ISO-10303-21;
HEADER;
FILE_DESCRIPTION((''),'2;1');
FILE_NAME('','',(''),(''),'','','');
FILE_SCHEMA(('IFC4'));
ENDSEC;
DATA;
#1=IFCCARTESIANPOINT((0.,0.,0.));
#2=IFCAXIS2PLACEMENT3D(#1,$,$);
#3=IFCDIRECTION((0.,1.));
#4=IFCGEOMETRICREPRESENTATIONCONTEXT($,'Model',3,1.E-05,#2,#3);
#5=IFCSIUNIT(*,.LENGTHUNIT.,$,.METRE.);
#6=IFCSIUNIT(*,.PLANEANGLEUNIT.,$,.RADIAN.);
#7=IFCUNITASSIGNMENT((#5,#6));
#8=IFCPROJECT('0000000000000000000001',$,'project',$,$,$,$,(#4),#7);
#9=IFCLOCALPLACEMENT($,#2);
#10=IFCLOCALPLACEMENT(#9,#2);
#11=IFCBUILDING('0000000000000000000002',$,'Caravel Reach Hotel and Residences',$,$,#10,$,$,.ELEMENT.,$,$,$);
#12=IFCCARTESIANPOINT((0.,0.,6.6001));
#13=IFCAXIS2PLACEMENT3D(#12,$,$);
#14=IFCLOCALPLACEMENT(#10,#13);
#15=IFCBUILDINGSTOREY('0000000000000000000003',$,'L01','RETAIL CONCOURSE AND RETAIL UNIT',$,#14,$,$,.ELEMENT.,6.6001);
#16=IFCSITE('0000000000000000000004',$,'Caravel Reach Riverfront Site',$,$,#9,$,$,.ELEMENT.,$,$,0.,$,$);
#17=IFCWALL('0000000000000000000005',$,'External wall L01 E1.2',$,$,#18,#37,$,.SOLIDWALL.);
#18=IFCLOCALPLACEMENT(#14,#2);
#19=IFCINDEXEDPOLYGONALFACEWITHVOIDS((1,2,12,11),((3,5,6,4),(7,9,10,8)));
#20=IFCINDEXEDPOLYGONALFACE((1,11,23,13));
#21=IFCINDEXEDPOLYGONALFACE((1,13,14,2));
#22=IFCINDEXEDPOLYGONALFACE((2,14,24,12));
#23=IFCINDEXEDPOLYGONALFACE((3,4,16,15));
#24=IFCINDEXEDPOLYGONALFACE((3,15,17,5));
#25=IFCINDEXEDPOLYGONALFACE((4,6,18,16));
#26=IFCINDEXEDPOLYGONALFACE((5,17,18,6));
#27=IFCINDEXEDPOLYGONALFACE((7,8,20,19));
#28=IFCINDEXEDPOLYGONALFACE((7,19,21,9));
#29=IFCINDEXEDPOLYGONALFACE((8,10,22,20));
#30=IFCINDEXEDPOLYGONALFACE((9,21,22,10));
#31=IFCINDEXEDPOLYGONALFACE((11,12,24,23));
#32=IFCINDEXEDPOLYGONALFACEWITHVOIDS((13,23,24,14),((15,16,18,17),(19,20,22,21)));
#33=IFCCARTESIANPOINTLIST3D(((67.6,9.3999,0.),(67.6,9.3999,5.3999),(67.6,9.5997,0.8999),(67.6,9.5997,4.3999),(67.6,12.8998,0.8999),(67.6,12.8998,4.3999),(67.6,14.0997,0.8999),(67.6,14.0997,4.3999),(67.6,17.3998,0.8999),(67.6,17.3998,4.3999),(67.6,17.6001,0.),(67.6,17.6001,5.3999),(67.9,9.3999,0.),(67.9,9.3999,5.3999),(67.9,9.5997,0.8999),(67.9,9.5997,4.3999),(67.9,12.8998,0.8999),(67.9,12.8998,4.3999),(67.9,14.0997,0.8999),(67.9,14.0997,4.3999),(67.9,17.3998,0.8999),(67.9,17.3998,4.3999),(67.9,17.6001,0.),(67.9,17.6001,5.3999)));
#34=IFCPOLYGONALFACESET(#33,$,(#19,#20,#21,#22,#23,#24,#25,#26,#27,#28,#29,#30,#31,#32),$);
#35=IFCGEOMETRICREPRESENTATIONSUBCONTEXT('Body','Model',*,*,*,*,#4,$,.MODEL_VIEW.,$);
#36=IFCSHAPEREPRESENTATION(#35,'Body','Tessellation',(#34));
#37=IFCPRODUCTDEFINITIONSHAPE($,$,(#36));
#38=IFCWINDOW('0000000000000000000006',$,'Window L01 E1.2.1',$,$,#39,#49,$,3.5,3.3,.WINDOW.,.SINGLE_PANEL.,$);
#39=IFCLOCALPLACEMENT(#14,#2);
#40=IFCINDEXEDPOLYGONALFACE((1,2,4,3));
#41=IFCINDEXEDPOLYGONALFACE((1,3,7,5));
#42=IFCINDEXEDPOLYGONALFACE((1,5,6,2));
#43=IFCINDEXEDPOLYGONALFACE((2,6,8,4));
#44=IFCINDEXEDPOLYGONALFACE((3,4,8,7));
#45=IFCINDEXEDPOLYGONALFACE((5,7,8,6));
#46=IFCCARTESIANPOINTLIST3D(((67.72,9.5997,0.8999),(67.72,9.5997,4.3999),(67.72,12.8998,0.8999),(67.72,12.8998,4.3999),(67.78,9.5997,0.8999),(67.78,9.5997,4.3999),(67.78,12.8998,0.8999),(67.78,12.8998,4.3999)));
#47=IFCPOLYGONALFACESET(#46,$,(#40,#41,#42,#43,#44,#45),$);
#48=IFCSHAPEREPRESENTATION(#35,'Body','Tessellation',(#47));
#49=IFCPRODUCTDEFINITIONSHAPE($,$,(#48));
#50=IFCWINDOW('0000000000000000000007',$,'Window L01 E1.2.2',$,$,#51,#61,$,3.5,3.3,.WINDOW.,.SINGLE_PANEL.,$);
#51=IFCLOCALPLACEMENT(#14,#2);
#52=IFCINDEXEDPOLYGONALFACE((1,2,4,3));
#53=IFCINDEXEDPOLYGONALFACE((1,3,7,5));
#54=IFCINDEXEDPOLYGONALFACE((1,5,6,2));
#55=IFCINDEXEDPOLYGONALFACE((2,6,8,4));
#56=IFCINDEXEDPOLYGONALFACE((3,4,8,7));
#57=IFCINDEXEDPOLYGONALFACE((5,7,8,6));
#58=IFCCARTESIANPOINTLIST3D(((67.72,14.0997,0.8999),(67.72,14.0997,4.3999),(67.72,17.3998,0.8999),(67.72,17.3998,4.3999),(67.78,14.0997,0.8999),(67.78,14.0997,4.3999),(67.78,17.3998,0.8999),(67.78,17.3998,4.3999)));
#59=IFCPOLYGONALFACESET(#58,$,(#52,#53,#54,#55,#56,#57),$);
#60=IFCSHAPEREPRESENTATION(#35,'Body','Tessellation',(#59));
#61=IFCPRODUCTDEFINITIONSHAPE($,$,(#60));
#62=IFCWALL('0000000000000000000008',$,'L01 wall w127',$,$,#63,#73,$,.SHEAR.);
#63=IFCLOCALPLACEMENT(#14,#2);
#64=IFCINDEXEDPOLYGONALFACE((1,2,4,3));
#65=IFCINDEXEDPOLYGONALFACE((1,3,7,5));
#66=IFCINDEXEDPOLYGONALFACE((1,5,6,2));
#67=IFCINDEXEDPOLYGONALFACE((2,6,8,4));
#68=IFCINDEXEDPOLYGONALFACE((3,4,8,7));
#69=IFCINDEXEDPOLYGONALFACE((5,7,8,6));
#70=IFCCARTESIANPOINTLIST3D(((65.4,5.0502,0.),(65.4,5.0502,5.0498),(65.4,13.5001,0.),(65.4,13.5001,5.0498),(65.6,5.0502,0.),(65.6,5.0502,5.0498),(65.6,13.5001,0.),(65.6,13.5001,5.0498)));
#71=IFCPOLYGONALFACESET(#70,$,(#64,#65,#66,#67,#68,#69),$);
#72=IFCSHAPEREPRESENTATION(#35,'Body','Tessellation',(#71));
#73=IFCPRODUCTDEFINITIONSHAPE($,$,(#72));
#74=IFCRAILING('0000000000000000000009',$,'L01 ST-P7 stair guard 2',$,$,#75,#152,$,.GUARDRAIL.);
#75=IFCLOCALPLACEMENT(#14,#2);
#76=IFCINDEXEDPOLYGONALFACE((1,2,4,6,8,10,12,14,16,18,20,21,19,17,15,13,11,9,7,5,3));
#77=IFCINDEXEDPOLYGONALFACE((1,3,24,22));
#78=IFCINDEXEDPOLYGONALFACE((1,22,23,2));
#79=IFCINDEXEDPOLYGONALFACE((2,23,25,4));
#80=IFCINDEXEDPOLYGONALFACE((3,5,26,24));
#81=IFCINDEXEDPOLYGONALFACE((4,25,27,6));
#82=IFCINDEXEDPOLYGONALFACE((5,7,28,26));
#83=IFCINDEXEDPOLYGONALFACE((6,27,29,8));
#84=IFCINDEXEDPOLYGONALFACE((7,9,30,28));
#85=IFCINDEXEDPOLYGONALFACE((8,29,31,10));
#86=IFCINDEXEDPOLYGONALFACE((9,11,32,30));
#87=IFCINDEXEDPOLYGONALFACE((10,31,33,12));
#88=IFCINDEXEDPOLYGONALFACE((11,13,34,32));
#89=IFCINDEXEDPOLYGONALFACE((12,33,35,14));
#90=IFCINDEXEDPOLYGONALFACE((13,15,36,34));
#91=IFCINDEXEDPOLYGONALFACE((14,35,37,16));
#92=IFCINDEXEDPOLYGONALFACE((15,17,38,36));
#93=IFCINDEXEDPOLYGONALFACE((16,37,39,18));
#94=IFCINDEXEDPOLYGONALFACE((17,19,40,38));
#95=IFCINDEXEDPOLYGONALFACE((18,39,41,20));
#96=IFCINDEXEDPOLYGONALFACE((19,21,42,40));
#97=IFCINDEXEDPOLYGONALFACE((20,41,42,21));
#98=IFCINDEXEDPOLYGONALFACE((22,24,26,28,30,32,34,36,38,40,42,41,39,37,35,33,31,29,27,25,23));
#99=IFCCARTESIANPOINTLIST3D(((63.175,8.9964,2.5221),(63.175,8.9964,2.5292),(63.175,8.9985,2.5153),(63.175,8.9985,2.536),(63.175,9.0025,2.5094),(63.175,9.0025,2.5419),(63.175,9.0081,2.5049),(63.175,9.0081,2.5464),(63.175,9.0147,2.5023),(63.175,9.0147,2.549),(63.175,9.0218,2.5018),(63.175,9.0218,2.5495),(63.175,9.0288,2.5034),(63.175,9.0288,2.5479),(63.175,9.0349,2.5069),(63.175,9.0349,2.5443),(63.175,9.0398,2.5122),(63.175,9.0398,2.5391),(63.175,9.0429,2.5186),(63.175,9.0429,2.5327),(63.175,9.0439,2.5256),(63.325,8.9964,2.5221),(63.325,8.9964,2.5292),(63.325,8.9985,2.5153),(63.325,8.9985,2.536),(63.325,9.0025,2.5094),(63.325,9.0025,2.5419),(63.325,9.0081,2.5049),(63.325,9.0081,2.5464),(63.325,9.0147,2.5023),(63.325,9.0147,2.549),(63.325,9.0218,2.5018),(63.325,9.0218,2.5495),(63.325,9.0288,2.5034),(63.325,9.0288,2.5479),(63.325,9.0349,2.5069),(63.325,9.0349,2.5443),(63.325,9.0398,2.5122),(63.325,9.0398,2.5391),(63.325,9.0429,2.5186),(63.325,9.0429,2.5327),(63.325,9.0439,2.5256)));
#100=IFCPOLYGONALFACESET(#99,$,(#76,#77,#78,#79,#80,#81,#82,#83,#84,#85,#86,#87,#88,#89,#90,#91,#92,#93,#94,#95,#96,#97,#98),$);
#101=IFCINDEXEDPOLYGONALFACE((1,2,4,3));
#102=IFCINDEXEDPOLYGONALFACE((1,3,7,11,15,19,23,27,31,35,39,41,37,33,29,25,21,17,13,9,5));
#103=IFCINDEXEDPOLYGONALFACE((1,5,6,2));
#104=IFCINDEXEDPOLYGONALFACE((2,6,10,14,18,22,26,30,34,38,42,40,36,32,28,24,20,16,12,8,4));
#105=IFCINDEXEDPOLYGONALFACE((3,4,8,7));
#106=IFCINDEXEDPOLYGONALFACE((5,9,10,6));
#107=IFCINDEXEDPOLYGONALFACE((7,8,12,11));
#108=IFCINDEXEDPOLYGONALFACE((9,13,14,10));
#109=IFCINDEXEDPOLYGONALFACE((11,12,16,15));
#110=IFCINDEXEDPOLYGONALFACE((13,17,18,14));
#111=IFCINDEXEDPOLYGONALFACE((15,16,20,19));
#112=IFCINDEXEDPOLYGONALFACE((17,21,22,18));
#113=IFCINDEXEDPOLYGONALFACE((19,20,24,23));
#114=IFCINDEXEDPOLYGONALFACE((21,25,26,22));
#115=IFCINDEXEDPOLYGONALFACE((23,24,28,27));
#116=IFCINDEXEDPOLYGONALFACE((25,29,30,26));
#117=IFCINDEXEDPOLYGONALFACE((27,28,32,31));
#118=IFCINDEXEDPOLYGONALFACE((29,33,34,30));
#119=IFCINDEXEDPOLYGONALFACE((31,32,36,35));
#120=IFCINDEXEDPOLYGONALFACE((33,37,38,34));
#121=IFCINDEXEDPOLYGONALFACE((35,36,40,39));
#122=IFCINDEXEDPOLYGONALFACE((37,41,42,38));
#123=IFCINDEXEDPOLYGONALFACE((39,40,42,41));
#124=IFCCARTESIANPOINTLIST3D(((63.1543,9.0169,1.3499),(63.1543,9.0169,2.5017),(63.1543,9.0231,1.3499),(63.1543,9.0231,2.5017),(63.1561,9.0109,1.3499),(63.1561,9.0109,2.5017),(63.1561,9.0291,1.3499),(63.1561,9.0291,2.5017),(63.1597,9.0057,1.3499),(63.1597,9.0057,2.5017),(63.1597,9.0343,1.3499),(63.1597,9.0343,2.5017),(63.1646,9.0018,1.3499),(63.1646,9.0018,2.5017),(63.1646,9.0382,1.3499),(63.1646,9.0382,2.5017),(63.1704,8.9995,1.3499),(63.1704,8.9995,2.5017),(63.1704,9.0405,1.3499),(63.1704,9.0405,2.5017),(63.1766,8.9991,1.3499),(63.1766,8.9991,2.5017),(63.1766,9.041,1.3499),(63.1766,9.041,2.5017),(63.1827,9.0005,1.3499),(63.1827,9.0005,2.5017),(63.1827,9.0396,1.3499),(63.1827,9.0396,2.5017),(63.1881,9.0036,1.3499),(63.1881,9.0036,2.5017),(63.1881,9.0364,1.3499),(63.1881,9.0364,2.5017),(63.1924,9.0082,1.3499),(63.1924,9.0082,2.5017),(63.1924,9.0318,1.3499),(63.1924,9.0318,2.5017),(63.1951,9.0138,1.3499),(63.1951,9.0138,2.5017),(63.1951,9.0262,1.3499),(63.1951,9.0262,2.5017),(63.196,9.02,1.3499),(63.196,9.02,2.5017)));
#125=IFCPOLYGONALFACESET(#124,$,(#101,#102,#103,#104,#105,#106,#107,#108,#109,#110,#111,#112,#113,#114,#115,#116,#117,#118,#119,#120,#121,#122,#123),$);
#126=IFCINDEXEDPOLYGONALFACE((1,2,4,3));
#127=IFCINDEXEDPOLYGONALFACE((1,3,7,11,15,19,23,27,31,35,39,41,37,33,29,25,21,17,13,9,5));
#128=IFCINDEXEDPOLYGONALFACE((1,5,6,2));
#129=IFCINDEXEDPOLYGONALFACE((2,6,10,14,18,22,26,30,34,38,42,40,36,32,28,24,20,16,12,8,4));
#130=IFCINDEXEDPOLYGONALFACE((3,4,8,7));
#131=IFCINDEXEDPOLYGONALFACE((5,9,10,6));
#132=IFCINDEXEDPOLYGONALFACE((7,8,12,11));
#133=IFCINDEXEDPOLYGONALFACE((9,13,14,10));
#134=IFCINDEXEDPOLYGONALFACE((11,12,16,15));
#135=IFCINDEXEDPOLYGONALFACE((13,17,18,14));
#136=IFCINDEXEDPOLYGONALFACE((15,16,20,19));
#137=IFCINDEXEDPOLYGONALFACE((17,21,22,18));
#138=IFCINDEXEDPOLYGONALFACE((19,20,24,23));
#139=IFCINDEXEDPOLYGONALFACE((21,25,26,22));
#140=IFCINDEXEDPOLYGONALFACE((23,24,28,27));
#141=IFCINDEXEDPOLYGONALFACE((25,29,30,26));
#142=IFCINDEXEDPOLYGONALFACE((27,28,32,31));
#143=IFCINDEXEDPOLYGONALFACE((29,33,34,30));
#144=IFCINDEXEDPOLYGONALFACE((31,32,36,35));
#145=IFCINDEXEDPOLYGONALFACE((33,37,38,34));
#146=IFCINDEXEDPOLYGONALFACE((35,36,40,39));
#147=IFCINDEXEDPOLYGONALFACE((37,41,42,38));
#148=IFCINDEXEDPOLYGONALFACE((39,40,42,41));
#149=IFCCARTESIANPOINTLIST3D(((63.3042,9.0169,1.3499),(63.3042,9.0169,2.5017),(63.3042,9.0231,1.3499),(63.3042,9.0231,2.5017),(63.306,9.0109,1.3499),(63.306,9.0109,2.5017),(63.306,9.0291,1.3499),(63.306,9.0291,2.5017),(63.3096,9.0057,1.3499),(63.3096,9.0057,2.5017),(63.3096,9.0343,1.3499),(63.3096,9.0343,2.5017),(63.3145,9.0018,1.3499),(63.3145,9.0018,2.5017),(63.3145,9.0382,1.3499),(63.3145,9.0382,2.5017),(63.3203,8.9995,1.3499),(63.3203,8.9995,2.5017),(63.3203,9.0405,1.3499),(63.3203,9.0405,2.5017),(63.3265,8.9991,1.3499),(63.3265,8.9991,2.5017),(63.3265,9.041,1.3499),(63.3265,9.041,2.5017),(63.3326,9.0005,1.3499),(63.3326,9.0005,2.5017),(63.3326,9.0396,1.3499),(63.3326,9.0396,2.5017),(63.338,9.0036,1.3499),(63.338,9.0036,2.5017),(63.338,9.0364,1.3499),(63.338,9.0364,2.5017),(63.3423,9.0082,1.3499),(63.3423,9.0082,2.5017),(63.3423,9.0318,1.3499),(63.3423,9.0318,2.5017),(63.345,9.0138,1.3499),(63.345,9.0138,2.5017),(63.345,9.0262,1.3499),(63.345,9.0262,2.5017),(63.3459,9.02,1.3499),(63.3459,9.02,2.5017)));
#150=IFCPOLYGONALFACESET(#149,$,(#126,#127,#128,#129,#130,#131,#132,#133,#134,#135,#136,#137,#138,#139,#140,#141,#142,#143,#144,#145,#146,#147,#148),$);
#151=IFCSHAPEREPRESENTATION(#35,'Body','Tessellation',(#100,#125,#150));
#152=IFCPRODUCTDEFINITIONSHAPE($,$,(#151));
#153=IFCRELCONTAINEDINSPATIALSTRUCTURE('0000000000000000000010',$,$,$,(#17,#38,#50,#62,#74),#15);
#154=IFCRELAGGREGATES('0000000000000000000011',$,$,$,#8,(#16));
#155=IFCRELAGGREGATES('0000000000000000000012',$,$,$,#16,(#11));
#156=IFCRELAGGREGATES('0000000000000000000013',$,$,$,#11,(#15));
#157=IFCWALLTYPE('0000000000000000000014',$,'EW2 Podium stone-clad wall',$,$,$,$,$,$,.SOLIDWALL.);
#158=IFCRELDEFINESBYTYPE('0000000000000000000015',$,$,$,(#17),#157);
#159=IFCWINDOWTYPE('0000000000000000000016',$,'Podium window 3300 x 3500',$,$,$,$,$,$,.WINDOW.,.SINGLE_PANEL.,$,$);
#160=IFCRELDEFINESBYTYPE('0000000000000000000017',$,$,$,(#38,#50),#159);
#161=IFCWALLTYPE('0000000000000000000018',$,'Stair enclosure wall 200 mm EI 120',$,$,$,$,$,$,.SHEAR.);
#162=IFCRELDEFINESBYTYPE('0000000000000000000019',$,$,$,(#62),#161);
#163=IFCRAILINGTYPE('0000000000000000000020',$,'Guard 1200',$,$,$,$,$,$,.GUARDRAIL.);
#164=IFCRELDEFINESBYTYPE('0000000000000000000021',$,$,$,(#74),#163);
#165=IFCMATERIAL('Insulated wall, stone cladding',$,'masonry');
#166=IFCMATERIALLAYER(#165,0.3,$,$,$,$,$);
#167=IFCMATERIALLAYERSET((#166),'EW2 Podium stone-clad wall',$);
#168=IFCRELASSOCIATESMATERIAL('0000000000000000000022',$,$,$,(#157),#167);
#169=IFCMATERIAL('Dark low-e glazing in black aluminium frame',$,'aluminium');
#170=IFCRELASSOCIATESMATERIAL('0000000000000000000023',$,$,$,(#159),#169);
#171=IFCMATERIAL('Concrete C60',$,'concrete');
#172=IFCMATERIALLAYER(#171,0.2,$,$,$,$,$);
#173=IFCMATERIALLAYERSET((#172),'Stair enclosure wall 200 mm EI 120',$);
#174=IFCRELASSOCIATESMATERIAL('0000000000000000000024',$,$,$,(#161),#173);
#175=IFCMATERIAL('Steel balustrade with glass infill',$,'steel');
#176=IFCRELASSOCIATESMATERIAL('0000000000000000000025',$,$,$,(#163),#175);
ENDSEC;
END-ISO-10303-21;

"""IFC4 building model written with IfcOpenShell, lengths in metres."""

from ifc_helpers import new_model, si_unit, direction, frame, frame_2d, origin, origin_2d, place, context, subcontext, project, spatial, rectangle, circle, extrude, material, layer, layer_set, type_object, element, fill, save


model = new_model("IFC4")

# Units and contexts
model_context = context("Model", 3, precision=1e-05, world=origin(), true_north=direction((0.0, 1.0)))
body_context = subcontext(model_context, "Body", "Model", "MODEL_VIEW")
ifc_project = project(units=[si_unit("LENGTHUNIT", "METRE"), si_unit("PLANEANGLEUNIT", "RADIAN")], contexts=[model_context])

# Site, building, storey
site_placement = place(None, origin())
site = spatial("IfcSite", under=ifc_project, at=site_placement, Name="Caravel Reach Riverfront Site", CompositionType="ELEMENT", RefElevation=0.0)
building_placement = place(site_placement, origin())
building = spatial("IfcBuilding", under=site, at=building_placement, Name="Caravel Reach Hotel and Residences", CompositionType="ELEMENT")
storey_placement = place(building_placement, frame((0.0, 0.0, 6.6001)))
storey = spatial("IfcBuildingStorey", under=building, at=storey_placement, Name="L01", Description="RETAIL CONCOURSE AND RETAIL UNIT", CompositionType="ELEMENT", Elevation=6.6001)

# Wall, openings, windows
ifc_material_1 = material(Name="Insulated wall, stone cladding", Category="masonry")
ifc_layer_1 = layer(ifc_material_1, 0.3)
ifc_layer_set_1 = layer_set([ifc_layer_1], Name="EW2 Podium stone-clad wall")
wall_type_1 = type_object("IfcWallType", Name="EW2 Podium stone-clad wall", PredefinedType="SOLIDWALL", material=ifc_layer_set_1)
ifc_material_2 = material(Name="Dark low-e glazing in black aluminium frame", Category="aluminium")
window_type = type_object("IfcWindowType", Name="Podium window 3300 x 3500", PartitioningType="SINGLE_PANEL", PredefinedType="WINDOW", material=ifc_material_2)
wall_1_placement = place(storey_placement, frame((67.75, 9.3999, 0.0), z_axis=(0.0, 0.0, 1.0), x_axis=(0.0, 1.0, 0.0)))
wall_1 = element("IfcWall", 1, at=wall_1_placement, inside=storey, type_object=wall_type_1, Name="External wall L01 E1.2", PredefinedType="SOLIDWALL", context=body_context, shape_type="SweptSolid", body=[
    extrude(rectangle(XDim=8.2002, YDim=0.3, at=frame_2d((4.1001, 0.0))), origin(), (0.0, 0.0, 1.0), 5.3999),
])
opening_1_placement = place(wall_1_placement, frame((0.2, 0.0, 0.8999)))
opening_1 = element("IfcOpeningElement", 2, at=opening_1_placement, cuts=wall_1, PredefinedType="OPENING", context=body_context, shape_type="SweptSolid", body=[
    extrude(rectangle(XDim=3.3, YDim=3.5, at=frame_2d((1.6499, 1.75))), frame((0.0, 0.1599, 0.0), z_axis=(0.0, -1.0, 0.0), x_axis=(1.0, 0.0, 0.0)), (0.0, 0.0, 1.0), 0.3201),
])
opening_2_placement = place(wall_1_placement, frame((4.7, 0.0, 0.8999)))
opening_2 = element("IfcOpeningElement", 3, at=opening_2_placement, cuts=wall_1, PredefinedType="OPENING", context=body_context, shape_type="SweptSolid", body=[
    extrude(rectangle(XDim=3.3, YDim=3.5, at=frame_2d((1.6499, 1.75))), frame((0.0, 0.1599, 0.0), z_axis=(0.0, -1.0, 0.0), x_axis=(1.0, 0.0, 0.0)), (0.0, 0.0, 1.0), 0.3201),
])
window_1_placement = place(opening_1_placement, origin())
window_1 = element("IfcWindow", 4, at=window_1_placement, inside=storey, type_object=window_type, Name="Window L01 E1.2.1", OverallHeight=3.5, OverallWidth=3.3, PartitioningType="SINGLE_PANEL", PredefinedType="WINDOW", context=body_context, shape_type="SweptSolid", body=[
    extrude(rectangle(XDim=3.3, YDim=3.5, at=frame_2d((1.6499, 1.75))), frame((0.0, 0.03, 0.0), z_axis=(0.0, -1.0, 0.0), x_axis=(1.0, 0.0, 0.0)), (0.0, 0.0, 1.0), 0.0601),
])
fill(opening_1, window_1)
window_2_placement = place(opening_2_placement, origin())
window_2 = element("IfcWindow", 5, at=window_2_placement, inside=storey, type_object=window_type, Name="Window L01 E1.2.2", OverallHeight=3.5, OverallWidth=3.3, PartitioningType="SINGLE_PANEL", PredefinedType="WINDOW", context=body_context, shape_type="SweptSolid", body=[
    extrude(rectangle(XDim=3.3, YDim=3.5, at=frame_2d((1.6499, 1.75))), frame((0.0, 0.03, 0.0), z_axis=(0.0, -1.0, 0.0), x_axis=(1.0, 0.0, 0.0)), (0.0, 0.0, 1.0), 0.0601),
])
fill(opening_2, window_2)

# Wall
ifc_material_3 = material(Name="Concrete C60", Category="concrete")
ifc_layer_2 = layer(ifc_material_3, 0.2)
ifc_layer_set_2 = layer_set([ifc_layer_2], Name="Stair enclosure wall 200 mm EI 120")
wall_type_2 = type_object("IfcWallType", Name="Stair enclosure wall 200 mm EI 120", PredefinedType="SHEAR", material=ifc_layer_set_2)
wall_2_placement = place(storey_placement, frame((65.5, 5.05, 0.0), z_axis=(0.0, 0.0, 1.0), x_axis=(0.0, 1.0, 0.0)))
element("IfcWall", 6, at=wall_2_placement, inside=storey, type_object=wall_type_2, Name="L01 wall w127", PredefinedType="SHEAR", context=body_context, shape_type="SweptSolid", body=[
    extrude(rectangle(XDim=8.45, YDim=0.2, at=frame_2d((4.2251, 0.0))), origin(), (0.0, 0.0, 1.0), 5.0498),
])

# Railing
ifc_material_4 = material(Name="Steel balustrade with glass infill", Category="steel")
railing_type_1 = type_object("IfcRailingType", Name="Guard 1200", PredefinedType="GUARDRAIL", material=ifc_material_4)
railing_1_placement = place(storey_placement, frame((63.175, 9.02, 1.3499)))
element("IfcRailing", 7, at=railing_1_placement, inside=storey, type_object=railing_type_1, Name="L01 ST-P7 stair guard 2", PredefinedType="GUARDRAIL", context=body_context, shape_type="SweptSolid", body=[
    extrude(circle(Radius=0.0239, at=origin_2d()), frame((0.0, 0.0, 1.1758), z_axis=(1.0, 0.0, 0.0), x_axis=(0.0, 1.0, 0.0)), (0.0, 0.0, 1.0), 0.1499),
    extrude(circle(Radius=0.021, at=origin_2d()), origin(), (0.0, 0.0, 1.0), 1.1519),
    extrude(circle(Radius=0.021, at=origin_2d()), frame((0.1499, 0.0, 0.0)), (0.0, 0.0, 1.0), 1.1519),
])

save(model, "model.ifc")
